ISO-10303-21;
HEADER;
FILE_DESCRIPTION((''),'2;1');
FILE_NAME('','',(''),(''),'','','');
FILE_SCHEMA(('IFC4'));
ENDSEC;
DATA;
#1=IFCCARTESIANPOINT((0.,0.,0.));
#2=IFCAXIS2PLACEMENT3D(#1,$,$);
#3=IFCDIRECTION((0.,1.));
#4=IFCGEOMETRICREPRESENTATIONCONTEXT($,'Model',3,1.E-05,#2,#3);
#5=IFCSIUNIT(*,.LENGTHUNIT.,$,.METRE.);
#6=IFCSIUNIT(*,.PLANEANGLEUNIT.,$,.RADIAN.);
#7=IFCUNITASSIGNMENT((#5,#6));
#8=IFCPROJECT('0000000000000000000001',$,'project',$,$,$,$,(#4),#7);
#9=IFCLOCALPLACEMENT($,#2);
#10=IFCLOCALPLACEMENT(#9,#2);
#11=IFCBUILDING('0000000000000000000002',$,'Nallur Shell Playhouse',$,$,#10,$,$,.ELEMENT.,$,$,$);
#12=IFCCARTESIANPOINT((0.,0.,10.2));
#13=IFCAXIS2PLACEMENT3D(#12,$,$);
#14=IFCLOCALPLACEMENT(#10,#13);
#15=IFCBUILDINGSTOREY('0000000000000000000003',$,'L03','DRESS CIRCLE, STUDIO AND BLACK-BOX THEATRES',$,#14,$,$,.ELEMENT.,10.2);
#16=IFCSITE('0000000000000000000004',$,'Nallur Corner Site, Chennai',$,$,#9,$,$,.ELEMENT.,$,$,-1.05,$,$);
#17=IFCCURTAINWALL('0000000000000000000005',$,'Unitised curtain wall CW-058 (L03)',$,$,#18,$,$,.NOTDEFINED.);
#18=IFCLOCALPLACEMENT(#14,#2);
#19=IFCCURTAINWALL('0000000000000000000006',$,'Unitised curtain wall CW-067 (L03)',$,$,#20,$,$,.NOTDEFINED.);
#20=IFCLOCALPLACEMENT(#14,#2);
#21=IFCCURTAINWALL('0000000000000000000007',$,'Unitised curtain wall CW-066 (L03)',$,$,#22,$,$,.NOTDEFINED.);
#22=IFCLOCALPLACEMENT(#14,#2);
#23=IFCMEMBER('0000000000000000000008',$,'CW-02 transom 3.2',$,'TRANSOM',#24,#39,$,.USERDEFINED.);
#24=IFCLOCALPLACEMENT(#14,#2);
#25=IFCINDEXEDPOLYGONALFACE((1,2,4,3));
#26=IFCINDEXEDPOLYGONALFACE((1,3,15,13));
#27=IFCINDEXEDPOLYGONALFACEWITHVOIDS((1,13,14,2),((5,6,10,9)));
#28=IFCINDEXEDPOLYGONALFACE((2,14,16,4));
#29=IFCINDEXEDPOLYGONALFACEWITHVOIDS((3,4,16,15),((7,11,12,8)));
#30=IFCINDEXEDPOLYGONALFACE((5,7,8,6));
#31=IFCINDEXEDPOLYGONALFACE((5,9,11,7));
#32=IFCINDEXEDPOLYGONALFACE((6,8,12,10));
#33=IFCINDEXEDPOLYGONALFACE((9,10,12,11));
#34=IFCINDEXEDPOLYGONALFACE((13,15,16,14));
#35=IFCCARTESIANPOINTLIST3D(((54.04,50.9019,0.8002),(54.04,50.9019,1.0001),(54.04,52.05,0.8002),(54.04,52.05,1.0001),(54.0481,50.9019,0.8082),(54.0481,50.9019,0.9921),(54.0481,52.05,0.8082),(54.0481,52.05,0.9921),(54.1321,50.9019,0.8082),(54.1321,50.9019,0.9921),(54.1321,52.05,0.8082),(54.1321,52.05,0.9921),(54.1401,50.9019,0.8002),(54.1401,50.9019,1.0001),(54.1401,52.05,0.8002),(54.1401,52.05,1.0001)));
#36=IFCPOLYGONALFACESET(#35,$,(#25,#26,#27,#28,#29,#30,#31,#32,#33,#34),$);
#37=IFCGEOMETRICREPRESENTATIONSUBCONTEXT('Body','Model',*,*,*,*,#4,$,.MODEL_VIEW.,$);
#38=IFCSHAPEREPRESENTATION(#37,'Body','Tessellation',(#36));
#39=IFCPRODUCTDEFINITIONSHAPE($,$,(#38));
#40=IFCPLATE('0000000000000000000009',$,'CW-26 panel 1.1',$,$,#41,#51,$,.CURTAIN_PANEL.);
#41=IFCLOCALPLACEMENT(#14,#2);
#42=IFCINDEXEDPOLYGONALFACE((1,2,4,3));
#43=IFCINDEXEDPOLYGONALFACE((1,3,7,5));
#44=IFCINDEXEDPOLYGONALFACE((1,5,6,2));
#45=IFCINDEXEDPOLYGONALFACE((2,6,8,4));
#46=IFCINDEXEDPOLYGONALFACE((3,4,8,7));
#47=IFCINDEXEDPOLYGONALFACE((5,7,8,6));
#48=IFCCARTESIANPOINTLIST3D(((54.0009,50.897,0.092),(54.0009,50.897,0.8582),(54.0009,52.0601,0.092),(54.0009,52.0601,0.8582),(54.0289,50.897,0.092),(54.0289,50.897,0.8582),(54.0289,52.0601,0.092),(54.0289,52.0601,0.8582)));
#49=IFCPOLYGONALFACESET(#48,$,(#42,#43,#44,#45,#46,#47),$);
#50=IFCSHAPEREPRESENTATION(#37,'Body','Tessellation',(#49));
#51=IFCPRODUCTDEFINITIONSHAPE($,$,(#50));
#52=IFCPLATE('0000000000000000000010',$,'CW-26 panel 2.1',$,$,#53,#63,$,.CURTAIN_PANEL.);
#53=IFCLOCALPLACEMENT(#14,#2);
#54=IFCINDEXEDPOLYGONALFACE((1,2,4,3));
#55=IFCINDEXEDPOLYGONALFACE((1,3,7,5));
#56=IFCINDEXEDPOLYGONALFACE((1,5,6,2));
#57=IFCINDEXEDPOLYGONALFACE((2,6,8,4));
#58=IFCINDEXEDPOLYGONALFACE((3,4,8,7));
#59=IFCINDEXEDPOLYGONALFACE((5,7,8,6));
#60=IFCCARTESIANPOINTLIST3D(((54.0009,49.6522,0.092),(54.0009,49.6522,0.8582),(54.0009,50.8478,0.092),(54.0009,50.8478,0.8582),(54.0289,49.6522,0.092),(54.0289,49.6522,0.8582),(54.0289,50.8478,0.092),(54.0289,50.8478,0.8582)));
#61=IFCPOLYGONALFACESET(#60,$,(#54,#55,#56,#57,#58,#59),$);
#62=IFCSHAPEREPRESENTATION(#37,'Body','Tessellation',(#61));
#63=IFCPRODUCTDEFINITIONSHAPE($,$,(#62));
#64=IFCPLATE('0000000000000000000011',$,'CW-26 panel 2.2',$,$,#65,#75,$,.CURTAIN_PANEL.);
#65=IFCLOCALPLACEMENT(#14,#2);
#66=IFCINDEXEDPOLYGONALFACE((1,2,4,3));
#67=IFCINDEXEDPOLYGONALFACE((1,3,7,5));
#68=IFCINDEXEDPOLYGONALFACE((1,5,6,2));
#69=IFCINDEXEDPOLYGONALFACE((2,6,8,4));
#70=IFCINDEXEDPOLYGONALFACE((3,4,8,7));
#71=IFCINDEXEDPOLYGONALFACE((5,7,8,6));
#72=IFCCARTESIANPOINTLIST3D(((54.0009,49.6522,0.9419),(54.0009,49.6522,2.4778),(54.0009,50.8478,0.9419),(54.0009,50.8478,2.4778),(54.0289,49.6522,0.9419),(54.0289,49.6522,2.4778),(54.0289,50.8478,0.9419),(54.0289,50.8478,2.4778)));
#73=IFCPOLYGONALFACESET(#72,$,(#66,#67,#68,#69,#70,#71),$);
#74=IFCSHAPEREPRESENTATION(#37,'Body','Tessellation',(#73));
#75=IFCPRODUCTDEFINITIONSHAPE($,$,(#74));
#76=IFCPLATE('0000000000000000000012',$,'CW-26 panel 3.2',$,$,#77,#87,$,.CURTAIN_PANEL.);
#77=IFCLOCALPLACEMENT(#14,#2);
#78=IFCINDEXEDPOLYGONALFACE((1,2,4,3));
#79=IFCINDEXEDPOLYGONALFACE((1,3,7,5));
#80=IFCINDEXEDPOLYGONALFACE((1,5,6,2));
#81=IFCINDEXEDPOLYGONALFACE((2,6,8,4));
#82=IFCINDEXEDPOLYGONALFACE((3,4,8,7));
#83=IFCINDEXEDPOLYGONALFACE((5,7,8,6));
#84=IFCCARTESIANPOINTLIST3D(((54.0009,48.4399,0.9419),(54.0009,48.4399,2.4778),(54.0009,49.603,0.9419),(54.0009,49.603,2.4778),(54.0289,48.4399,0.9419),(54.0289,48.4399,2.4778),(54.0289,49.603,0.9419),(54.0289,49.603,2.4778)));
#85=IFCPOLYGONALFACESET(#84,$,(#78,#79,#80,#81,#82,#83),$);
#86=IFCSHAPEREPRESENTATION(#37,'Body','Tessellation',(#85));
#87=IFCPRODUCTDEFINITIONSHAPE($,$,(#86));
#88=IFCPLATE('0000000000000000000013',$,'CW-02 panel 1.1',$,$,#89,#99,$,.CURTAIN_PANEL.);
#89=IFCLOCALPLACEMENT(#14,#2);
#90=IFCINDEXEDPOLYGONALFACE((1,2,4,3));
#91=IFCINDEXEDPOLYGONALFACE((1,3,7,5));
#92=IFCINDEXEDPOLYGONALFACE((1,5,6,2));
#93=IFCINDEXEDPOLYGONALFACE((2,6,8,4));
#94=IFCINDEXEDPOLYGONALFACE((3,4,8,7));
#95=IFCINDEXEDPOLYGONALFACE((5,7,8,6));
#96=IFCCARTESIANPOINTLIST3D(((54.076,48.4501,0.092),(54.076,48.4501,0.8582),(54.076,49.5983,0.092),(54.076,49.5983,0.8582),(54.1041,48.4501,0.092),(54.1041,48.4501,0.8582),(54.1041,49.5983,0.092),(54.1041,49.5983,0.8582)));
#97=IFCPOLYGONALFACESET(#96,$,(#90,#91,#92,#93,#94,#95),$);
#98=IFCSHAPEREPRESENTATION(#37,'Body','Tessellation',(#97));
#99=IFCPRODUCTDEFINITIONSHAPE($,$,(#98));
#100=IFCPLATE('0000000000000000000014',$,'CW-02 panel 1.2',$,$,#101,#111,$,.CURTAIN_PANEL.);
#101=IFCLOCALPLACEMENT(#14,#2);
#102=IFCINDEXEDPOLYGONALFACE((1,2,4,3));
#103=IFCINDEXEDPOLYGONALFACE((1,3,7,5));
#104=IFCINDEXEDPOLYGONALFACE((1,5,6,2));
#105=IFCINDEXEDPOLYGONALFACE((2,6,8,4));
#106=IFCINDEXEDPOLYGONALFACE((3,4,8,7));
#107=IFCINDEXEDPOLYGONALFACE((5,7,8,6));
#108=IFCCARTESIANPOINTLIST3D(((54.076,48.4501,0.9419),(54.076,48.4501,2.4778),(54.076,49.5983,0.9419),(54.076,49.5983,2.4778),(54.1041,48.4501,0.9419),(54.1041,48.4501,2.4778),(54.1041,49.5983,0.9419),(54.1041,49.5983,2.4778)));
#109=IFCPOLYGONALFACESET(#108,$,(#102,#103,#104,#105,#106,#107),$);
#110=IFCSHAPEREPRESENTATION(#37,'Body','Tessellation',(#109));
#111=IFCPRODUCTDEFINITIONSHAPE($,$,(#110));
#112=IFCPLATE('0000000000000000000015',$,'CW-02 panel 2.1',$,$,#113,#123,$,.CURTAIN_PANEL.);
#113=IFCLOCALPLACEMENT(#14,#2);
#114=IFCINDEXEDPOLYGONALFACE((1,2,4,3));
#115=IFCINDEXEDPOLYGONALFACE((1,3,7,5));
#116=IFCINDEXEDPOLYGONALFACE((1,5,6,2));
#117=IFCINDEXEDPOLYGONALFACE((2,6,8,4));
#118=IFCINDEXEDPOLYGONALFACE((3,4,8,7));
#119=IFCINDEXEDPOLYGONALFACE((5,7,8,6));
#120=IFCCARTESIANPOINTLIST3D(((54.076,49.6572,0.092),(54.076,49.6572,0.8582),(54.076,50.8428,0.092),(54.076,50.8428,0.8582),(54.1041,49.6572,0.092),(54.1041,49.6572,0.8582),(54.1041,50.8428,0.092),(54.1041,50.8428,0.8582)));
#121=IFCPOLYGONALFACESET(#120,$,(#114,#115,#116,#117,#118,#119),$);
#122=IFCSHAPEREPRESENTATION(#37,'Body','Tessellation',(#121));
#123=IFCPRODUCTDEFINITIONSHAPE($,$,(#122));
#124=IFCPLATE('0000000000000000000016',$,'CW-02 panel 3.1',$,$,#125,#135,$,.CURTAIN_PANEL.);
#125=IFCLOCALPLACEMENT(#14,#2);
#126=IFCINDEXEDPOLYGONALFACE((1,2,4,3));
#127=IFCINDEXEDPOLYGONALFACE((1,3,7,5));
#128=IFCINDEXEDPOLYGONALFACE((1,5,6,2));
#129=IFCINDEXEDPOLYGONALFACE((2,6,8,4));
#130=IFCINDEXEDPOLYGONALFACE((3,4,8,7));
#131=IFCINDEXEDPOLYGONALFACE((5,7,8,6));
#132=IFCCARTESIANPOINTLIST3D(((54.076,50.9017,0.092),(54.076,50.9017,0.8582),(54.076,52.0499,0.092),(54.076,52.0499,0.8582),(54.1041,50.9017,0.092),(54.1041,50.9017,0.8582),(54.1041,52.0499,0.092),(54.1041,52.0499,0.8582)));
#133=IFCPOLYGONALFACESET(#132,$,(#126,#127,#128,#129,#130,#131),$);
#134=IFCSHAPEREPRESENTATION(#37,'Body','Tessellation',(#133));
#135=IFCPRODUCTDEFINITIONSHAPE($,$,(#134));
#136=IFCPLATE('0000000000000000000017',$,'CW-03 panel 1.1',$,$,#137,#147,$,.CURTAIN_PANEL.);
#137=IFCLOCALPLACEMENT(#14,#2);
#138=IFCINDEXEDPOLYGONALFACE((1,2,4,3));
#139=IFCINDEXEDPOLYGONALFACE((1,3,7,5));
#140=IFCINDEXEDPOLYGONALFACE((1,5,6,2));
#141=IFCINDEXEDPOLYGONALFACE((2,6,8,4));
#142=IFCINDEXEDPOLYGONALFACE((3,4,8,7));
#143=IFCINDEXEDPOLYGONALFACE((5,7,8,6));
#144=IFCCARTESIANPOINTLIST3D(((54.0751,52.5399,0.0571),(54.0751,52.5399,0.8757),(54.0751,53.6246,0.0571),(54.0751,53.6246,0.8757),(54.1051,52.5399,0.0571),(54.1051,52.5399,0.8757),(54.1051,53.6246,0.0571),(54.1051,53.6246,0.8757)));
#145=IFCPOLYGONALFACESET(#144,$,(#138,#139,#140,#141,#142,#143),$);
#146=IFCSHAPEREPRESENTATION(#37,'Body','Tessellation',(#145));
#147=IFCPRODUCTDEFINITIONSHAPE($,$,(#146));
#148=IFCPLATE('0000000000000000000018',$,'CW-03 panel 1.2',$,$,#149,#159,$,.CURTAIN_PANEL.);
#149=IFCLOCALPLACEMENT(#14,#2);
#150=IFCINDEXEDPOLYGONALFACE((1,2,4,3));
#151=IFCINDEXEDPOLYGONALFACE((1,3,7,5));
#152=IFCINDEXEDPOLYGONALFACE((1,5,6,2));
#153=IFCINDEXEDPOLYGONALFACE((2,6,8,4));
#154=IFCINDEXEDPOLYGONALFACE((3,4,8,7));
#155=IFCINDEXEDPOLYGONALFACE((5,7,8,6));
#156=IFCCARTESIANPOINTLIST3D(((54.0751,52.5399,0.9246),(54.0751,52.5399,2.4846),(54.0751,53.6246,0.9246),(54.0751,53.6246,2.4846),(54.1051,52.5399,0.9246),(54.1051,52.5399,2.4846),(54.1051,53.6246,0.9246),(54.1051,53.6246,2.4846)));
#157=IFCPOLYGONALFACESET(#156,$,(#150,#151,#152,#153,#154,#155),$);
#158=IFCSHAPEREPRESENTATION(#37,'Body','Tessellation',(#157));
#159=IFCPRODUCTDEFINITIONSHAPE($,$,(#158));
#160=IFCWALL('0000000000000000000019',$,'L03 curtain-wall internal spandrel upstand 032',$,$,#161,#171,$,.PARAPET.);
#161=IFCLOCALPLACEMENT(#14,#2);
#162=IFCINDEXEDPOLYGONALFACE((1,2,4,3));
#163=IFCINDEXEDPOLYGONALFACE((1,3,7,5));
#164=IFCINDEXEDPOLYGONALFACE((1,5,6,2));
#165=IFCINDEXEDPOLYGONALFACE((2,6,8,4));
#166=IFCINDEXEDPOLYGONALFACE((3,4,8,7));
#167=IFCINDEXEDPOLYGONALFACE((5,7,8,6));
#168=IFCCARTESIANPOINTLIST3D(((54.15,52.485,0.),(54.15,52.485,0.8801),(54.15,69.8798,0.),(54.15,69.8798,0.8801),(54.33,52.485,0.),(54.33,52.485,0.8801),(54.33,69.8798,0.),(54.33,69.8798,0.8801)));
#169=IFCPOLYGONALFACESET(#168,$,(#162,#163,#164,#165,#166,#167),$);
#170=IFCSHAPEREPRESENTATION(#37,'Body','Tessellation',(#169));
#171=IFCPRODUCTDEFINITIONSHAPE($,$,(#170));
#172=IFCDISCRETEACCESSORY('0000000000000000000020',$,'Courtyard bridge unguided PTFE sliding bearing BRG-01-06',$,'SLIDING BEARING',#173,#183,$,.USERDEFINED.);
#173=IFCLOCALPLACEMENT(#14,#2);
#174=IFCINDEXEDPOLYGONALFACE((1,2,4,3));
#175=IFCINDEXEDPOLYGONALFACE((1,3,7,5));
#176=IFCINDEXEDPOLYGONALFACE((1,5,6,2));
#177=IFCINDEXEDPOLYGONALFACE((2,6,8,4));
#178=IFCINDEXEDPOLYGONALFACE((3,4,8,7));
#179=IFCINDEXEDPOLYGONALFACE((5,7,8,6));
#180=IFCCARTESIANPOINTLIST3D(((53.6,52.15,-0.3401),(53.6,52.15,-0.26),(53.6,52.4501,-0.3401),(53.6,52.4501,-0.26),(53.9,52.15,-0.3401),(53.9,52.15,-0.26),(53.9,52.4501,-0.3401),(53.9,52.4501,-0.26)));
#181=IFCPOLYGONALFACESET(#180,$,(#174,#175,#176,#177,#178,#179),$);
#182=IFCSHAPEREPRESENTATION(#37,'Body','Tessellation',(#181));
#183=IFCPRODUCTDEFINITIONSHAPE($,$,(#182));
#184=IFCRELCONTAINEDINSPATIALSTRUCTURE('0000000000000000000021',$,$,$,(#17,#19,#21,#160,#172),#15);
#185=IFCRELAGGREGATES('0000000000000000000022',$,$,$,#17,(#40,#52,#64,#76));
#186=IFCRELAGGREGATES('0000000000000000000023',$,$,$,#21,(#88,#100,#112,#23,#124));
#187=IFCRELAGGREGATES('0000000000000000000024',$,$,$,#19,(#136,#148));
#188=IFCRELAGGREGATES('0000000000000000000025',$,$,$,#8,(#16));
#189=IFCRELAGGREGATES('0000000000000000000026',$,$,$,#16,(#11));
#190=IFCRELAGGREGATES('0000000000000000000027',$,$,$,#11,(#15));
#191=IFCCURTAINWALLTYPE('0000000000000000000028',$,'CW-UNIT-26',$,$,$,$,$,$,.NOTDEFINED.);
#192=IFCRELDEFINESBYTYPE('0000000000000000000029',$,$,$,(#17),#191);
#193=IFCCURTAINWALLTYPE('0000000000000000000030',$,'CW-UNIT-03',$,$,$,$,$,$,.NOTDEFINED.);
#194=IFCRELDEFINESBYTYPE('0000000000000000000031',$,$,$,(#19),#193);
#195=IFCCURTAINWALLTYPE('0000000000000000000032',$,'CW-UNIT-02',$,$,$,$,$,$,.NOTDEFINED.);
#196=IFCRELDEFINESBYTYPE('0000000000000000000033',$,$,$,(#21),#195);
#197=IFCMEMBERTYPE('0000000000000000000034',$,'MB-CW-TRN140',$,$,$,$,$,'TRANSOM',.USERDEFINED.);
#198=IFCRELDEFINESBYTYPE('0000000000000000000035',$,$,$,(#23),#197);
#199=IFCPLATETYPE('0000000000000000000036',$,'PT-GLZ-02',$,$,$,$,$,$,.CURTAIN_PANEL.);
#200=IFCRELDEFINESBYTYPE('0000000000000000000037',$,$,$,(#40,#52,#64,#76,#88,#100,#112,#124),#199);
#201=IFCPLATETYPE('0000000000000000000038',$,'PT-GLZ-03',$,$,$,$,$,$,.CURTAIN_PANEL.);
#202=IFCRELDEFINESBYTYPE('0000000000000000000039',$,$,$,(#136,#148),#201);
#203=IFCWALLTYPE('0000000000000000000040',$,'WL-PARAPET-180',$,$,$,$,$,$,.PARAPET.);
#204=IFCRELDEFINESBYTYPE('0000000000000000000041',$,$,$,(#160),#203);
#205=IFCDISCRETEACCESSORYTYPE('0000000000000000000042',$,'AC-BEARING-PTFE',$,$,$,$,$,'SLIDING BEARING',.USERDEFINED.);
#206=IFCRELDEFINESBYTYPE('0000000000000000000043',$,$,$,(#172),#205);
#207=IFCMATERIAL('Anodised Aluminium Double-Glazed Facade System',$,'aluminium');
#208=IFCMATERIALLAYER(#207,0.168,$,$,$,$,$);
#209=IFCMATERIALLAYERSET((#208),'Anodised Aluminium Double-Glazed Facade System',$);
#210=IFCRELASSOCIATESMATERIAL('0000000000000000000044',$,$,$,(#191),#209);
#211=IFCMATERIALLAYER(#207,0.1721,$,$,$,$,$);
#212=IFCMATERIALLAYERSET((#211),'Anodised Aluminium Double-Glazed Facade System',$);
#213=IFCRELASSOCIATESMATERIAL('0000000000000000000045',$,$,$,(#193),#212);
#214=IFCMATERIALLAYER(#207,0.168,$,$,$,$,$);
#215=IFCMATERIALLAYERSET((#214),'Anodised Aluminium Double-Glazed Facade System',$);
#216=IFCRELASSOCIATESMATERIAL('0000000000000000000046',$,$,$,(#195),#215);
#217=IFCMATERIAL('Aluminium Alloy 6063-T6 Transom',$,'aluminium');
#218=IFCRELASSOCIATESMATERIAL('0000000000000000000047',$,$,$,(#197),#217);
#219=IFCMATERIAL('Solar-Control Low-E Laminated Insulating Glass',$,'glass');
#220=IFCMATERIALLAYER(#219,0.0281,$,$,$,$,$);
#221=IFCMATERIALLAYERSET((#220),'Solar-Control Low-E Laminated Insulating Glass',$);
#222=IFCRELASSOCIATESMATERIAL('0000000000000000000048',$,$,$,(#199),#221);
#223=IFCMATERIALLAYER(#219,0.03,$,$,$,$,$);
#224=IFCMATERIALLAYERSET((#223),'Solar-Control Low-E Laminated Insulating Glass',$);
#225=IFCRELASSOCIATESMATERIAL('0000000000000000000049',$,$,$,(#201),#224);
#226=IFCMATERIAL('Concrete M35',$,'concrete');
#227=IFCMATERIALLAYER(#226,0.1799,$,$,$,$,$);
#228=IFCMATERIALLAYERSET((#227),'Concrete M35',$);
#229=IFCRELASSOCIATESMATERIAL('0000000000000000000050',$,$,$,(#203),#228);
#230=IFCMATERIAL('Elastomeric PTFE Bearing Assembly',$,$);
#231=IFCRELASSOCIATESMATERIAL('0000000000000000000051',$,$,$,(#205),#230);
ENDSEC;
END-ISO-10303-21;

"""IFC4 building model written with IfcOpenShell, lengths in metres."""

from ifc_helpers import new_model, si_unit, direction, frame, frame_2d, origin, origin_2d, place, context, subcontext, project, spatial, rectangle, hollow_rectangle, extrude, material, layer, layer_set, material_profile, profile_set, type_object, element, aggregate, save


model = new_model("IFC4")

# Units and contexts
model_context = context("Model", 3, precision=1e-05, world=origin(), true_north=direction((0.0, 1.0)))
body_context = subcontext(model_context, "Body", "Model", "MODEL_VIEW")
ifc_project = project(units=[si_unit("LENGTHUNIT", "METRE"), si_unit("PLANEANGLEUNIT", "RADIAN")], contexts=[model_context])

# Site, building, storey
site_placement = place(None, origin())
site = spatial("IfcSite", under=ifc_project, at=site_placement, Name="Nallur Corner Site, Chennai", CompositionType="ELEMENT", RefElevation=-1.05)
building_placement = place(site_placement, origin())
building = spatial("IfcBuilding", under=site, at=building_placement, Name="Nallur Shell Playhouse", CompositionType="ELEMENT")
storey_placement = place(building_placement, frame((0.0, 0.0, 10.2)))
storey = spatial("IfcBuildingStorey", under=building, at=storey_placement, Name="L03", Description="DRESS CIRCLE, STUDIO AND BLACK-BOX THEATRES", CompositionType="ELEMENT", Elevation=10.2)

# Curtain wall
ifc_material_1 = material(Name="Anodised Aluminium Double-Glazed Facade System", Category="aluminium")
ifc_layer_1 = layer(ifc_material_1, 0.168)
ifc_layer_set_1 = layer_set([ifc_layer_1], Name="Anodised Aluminium Double-Glazed Facade System")
curtain_wall_type_1 = type_object("IfcCurtainWallType", Name="CW-UNIT-26", PredefinedType="NOTDEFINED", material=ifc_layer_set_1)
curtain_wall_1_placement = place(storey_placement, origin())
curtain_wall_1 = element("IfcCurtainWall", 1, at=curtain_wall_1_placement, inside=storey, type_object=curtain_wall_type_1, Name="Unitised curtain wall CW-058 (L03)", PredefinedType="NOTDEFINED")

# Curtain wall
ifc_layer_2 = layer(ifc_material_1, 0.1721)
ifc_layer_set_2 = layer_set([ifc_layer_2], Name="Anodised Aluminium Double-Glazed Facade System")
curtain_wall_type_2 = type_object("IfcCurtainWallType", Name="CW-UNIT-03", PredefinedType="NOTDEFINED", material=ifc_layer_set_2)
curtain_wall_2_placement = place(storey_placement, origin())
curtain_wall_2 = element("IfcCurtainWall", 2, at=curtain_wall_2_placement, inside=storey, type_object=curtain_wall_type_2, Name="Unitised curtain wall CW-067 (L03)", PredefinedType="NOTDEFINED")

# Curtain wall
ifc_layer_3 = layer(ifc_material_1, 0.168)
ifc_layer_set_3 = layer_set([ifc_layer_3], Name="Anodised Aluminium Double-Glazed Facade System")
curtain_wall_type_3 = type_object("IfcCurtainWallType", Name="CW-UNIT-02", PredefinedType="NOTDEFINED", material=ifc_layer_set_3)
curtain_wall_3_placement = place(storey_placement, origin())
curtain_wall_3 = element("IfcCurtainWall", 3, at=curtain_wall_3_placement, inside=storey, type_object=curtain_wall_type_3, Name="Unitised curtain wall CW-066 (L03)", PredefinedType="NOTDEFINED")

# Member
ifc_material_2 = material(Name="Aluminium Alloy 6063-T6 Transom", Category="aluminium")
ifc_material_profile_1 = material_profile(ifc_material_2, hollow_rectangle(XDim=0.1001, YDim=0.2, WallThickness=0.0081, at=origin_2d()), Name="RHS 200x100x8")
ifc_profile_set_1 = profile_set([ifc_material_profile_1], Name="Aluminium Alloy 6063-T6 Transom")
member_type_1 = type_object("IfcMemberType", Name="MB-CW-TRN140", ElementType="TRANSOM", PredefinedType="USERDEFINED", material=ifc_profile_set_1)
member_1_placement = place(storey_placement, frame((54.0901, 50.9019, 0.9001), z_axis=(0.0, 1.0, 0.0), x_axis=(-1.0, 0.0, 0.0)))
member_1 = element("IfcMember", 4, at=member_1_placement, type_object=member_type_1, Name="CW-02 transom 3.2", ObjectType="TRANSOM", PredefinedType="USERDEFINED", context=body_context, shape_type="SweptSolid", body=[
    extrude(hollow_rectangle(XDim=0.1001, YDim=0.2, WallThickness=0.0081, at=origin_2d()), origin(), (0.0, 0.0, 1.0), 1.1482),
])

# Plates
ifc_material_3 = material(Name="Solar-Control Low-E Laminated Insulating Glass", Category="glass")
ifc_layer_4 = layer(ifc_material_3, 0.0281)
ifc_layer_set_4 = layer_set([ifc_layer_4], Name="Solar-Control Low-E Laminated Insulating Glass")
plate_type_1 = type_object("IfcPlateType", Name="PT-GLZ-02", PredefinedType="CURTAIN_PANEL", material=ifc_layer_set_4)
plate_1_placement = place(storey_placement, frame((54.0149, 51.4785, 0.092), z_axis=(0.0, 0.0, 1.0), x_axis=(0.0, -1.0, 0.0)))
plate_1 = element("IfcPlate", 5, at=plate_1_placement, type_object=plate_type_1, Name="CW-26 panel 1.1", PredefinedType="CURTAIN_PANEL", context=body_context, shape_type="SweptSolid", body=[
    extrude(rectangle(XDim=1.1631, YDim=0.0281, at=origin_2d()), origin(), (0.0, 0.0, 1.0), 0.7661),
])
plate_2_placement = place(storey_placement, frame((54.0149, 50.25, 0.092), z_axis=(0.0, 0.0, 1.0), x_axis=(0.0, -1.0, 0.0)))
plate_2 = element("IfcPlate", 6, at=plate_2_placement, type_object=plate_type_1, Name="CW-26 panel 2.1", PredefinedType="CURTAIN_PANEL", context=body_context, shape_type="SweptSolid", body=[
    extrude(rectangle(XDim=1.1956, YDim=0.0281, at=origin_2d()), origin(), (0.0, 0.0, 1.0), 0.7661),
])
plate_3_placement = place(storey_placement, frame((54.0149, 50.25, 0.9419), z_axis=(0.0, 0.0, 1.0), x_axis=(0.0, -1.0, 0.0)))
plate_3 = element("IfcPlate", 7, at=plate_3_placement, type_object=plate_type_1, Name="CW-26 panel 2.2", PredefinedType="CURTAIN_PANEL", context=body_context, shape_type="SweptSolid", body=[
    extrude(rectangle(XDim=1.1956, YDim=0.0281, at=origin_2d()), origin(), (0.0, 0.0, 1.0), 1.5359),
])
plate_4_placement = place(storey_placement, frame((54.0149, 49.0215, 0.9419), z_axis=(0.0, 0.0, 1.0), x_axis=(0.0, -1.0, 0.0)))
plate_4 = element("IfcPlate", 8, at=plate_4_placement, type_object=plate_type_1, Name="CW-26 panel 3.2", PredefinedType="CURTAIN_PANEL", context=body_context, shape_type="SweptSolid", body=[
    extrude(rectangle(XDim=1.1631, YDim=0.0281, at=origin_2d()), origin(), (0.0, 0.0, 1.0), 1.5359),
])
aggregate(curtain_wall_1, [plate_1, plate_2, plate_3, plate_4])
plate_5_placement = place(storey_placement, frame((54.0901, 49.0242, 0.092), z_axis=(0.0, 0.0, 1.0), x_axis=(0.0, 1.0, 0.0)))
plate_5 = element("IfcPlate", 9, at=plate_5_placement, type_object=plate_type_1, Name="CW-02 panel 1.1", PredefinedType="CURTAIN_PANEL", context=body_context, shape_type="SweptSolid", body=[
    extrude(rectangle(XDim=1.1482, YDim=0.0281, at=origin_2d()), origin(), (0.0, 0.0, 1.0), 0.7661),
])
plate_6_placement = place(storey_placement, frame((54.0901, 49.0242, 0.9419), z_axis=(0.0, 0.0, 1.0), x_axis=(0.0, 1.0, 0.0)))
plate_6 = element("IfcPlate", 10, at=plate_6_placement, type_object=plate_type_1, Name="CW-02 panel 1.2", PredefinedType="CURTAIN_PANEL", context=body_context, shape_type="SweptSolid", body=[
    extrude(rectangle(XDim=1.1482, YDim=0.0281, at=origin_2d()), origin(), (0.0, 0.0, 1.0), 1.5359),
])
plate_7_placement = place(storey_placement, frame((54.0901, 50.25, 0.092), z_axis=(0.0, 0.0, 1.0), x_axis=(0.0, 1.0, 0.0)))
plate_7 = element("IfcPlate", 11, at=plate_7_placement, type_object=plate_type_1, Name="CW-02 panel 2.1", PredefinedType="CURTAIN_PANEL", context=body_context, shape_type="SweptSolid", body=[
    extrude(rectangle(XDim=1.1855, YDim=0.0281, at=origin_2d()), origin(), (0.0, 0.0, 1.0), 0.7661),
])
plate_8_placement = place(storey_placement, frame((54.0901, 51.4758, 0.092), z_axis=(0.0, 0.0, 1.0), x_axis=(0.0, 1.0, 0.0)))
plate_8 = element("IfcPlate", 12, at=plate_8_placement, type_object=plate_type_1, Name="CW-02 panel 3.1", PredefinedType="CURTAIN_PANEL", context=body_context, shape_type="SweptSolid", body=[
    extrude(rectangle(XDim=1.1482, YDim=0.0281, at=origin_2d()), origin(), (0.0, 0.0, 1.0), 0.7661),
])
aggregate(curtain_wall_3, [plate_5, plate_6, plate_7, member_1, plate_8])
ifc_layer_5 = layer(ifc_material_3, 0.03)
ifc_layer_set_5 = layer_set([ifc_layer_5], Name="Solar-Control Low-E Laminated Insulating Glass")
plate_type_2 = type_object("IfcPlateType", Name="PT-GLZ-03", PredefinedType="CURTAIN_PANEL", material=ifc_layer_set_5)
plate_9_placement = place(storey_placement, frame((54.0901, 53.0823, 0.0571), z_axis=(0.0, 0.0, 1.0), x_axis=(0.0, 1.0, 0.0)))
plate_9 = element("IfcPlate", 13, at=plate_9_placement, type_object=plate_type_2, Name="CW-03 panel 1.1", PredefinedType="CURTAIN_PANEL", context=body_context, shape_type="SweptSolid", body=[
    extrude(rectangle(XDim=1.0847, YDim=0.03, at=origin_2d()), origin(), (0.0, 0.0, 1.0), 0.8186),
])
plate_10_placement = place(storey_placement, frame((54.0901, 53.0823, 0.9246), z_axis=(0.0, 0.0, 1.0), x_axis=(0.0, 1.0, 0.0)))
plate_10 = element("IfcPlate", 14, at=plate_10_placement, type_object=plate_type_2, Name="CW-03 panel 1.2", PredefinedType="CURTAIN_PANEL", context=body_context, shape_type="SweptSolid", body=[
    extrude(rectangle(XDim=1.0847, YDim=0.03, at=origin_2d()), origin(), (0.0, 0.0, 1.0), 1.5601),
])
aggregate(curtain_wall_2, [plate_9, plate_10])

# Wall
ifc_material_4 = material(Name="Concrete M35", Category="concrete")
ifc_layer_6 = layer(ifc_material_4, 0.1799)
ifc_layer_set_6 = layer_set([ifc_layer_6], Name="Concrete M35")
wall_type = type_object("IfcWallType", Name="WL-PARAPET-180", PredefinedType="PARAPET", material=ifc_layer_set_6)
wall_placement = place(storey_placement, frame((54.24, 52.4851, 0.0), z_axis=(0.0, 0.0, 1.0), x_axis=(0.0, 1.0, 0.0)))
element("IfcWall", 15, at=wall_placement, inside=storey, type_object=wall_type, Name="L03 curtain-wall internal spandrel upstand 032", PredefinedType="PARAPET", context=body_context, shape_type="SweptSolid", body=[
    extrude(rectangle(XDim=17.3948, YDim=0.1799, at=frame_2d((8.6973, 0.0))), origin(), (0.0, 0.0, 1.0), 0.8801),
])

# Discrete accessory
ifc_material_5 = material(Name="Elastomeric PTFE Bearing Assembly")
discrete_accessory_type = type_object("IfcDiscreteAccessoryType", Name="AC-BEARING-PTFE", ElementType="SLIDING BEARING", PredefinedType="USERDEFINED", material=ifc_material_5)
discrete_accessory_placement = place(storey_placement, frame((53.75, 52.3, -0.3401), z_axis=(0.0, 0.0, 1.0), x_axis=(1.0, 0.0, 0.0)))
element("IfcDiscreteAccessory", 16, at=discrete_accessory_placement, inside=storey, type_object=discrete_accessory_type, Name="Courtyard bridge unguided PTFE sliding bearing BRG-01-06", ObjectType="SLIDING BEARING", PredefinedType="USERDEFINED", context=body_context, shape_type="SweptSolid", body=[
    extrude(rectangle(XDim=0.3, YDim=0.3, at=origin_2d()), origin(), (0.0, 0.0, 1.0), 0.0801),
])

save(model, "model.ifc")
